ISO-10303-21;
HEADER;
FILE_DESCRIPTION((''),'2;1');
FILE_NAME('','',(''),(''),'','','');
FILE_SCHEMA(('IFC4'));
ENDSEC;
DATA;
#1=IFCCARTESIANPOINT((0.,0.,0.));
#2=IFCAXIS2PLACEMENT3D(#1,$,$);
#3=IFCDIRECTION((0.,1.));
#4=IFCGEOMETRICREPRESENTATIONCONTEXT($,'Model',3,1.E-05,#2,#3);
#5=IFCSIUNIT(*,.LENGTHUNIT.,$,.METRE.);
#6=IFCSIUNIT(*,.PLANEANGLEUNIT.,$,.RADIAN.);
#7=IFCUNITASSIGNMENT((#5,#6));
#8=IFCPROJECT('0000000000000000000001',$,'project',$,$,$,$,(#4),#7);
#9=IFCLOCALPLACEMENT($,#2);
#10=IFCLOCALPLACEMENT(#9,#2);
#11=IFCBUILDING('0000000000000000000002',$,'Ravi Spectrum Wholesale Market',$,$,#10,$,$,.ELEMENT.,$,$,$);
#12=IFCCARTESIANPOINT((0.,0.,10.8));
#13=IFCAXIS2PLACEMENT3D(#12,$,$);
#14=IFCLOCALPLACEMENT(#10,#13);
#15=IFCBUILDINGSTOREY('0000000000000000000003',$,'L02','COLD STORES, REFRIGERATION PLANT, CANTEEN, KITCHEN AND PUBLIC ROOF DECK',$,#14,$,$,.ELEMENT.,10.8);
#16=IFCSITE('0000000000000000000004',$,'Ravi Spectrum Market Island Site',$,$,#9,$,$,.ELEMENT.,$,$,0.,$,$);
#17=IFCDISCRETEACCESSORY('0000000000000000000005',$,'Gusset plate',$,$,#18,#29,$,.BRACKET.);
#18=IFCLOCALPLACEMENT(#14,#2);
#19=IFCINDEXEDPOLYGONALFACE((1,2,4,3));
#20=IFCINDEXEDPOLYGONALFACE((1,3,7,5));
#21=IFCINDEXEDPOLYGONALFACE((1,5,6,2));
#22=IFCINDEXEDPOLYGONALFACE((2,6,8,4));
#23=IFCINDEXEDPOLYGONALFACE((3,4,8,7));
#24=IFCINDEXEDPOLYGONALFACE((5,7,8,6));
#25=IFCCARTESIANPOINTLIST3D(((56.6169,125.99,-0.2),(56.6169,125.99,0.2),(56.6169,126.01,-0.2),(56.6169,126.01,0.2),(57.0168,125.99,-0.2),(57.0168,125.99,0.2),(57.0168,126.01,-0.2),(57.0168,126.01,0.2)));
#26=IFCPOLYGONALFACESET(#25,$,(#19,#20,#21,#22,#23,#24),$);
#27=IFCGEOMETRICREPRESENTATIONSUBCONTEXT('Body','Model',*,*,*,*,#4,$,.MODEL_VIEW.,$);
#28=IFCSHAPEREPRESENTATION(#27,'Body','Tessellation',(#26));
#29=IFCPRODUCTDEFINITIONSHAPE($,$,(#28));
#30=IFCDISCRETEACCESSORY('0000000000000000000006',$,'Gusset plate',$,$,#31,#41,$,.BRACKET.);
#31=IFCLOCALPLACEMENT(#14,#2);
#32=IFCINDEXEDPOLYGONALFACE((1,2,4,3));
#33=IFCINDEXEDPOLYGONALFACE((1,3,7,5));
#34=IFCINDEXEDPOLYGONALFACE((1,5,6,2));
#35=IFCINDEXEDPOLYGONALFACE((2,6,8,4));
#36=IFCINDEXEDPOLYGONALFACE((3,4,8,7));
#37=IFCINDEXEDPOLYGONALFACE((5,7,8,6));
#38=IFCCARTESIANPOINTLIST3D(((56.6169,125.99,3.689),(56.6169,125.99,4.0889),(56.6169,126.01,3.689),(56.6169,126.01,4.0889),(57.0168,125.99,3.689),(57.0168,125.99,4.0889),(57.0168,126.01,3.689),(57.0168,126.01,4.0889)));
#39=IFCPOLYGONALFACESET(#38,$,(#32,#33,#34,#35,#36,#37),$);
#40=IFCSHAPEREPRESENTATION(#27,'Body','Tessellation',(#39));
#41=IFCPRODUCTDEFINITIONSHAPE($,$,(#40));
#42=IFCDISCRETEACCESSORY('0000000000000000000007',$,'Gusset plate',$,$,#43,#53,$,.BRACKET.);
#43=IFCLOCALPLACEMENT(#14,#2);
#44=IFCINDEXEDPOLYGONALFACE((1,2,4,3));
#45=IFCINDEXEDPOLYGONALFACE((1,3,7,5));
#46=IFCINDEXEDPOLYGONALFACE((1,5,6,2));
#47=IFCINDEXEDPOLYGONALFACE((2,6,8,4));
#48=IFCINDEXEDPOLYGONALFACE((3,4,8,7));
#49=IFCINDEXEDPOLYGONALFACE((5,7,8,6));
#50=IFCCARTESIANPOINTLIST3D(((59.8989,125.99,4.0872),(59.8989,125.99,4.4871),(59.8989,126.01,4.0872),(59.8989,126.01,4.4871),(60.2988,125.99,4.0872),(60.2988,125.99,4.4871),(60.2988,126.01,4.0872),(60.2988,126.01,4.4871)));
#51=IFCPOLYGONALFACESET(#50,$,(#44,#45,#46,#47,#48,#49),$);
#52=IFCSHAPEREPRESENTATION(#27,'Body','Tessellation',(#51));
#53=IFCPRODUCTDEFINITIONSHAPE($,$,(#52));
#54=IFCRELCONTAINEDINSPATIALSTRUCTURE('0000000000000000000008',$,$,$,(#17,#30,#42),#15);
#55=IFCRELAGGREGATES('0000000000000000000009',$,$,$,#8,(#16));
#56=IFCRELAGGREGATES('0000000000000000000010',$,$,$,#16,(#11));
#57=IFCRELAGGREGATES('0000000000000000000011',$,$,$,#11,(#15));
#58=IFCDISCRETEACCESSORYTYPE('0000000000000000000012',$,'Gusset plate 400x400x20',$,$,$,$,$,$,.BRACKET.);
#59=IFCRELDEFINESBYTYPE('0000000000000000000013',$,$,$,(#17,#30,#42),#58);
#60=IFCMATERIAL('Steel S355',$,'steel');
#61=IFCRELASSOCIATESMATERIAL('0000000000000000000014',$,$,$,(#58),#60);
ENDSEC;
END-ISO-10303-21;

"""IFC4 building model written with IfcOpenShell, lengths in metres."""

from ifc_helpers import new_model, si_unit, direction, frame, origin, origin_2d, place, context, subcontext, project, spatial, rectangle, extrude, material, material_profile, profile_set, type_object, element, save


model = new_model("IFC4")

# Units and contexts
model_context = context("Model", 3, precision=1e-05, world=origin(), true_north=direction((0.0, 1.0)))
body_context = subcontext(model_context, "Body", "Model", "MODEL_VIEW")
ifc_project = project(units=[si_unit("LENGTHUNIT", "METRE"), si_unit("PLANEANGLEUNIT", "RADIAN")], contexts=[model_context])

# Site, building, storey
site_placement = place(None, origin())
site = spatial("IfcSite", under=ifc_project, at=site_placement, Name="Ravi Spectrum Market Island Site", CompositionType="ELEMENT", RefElevation=0.0)
building_placement = place(site_placement, origin())
building = spatial("IfcBuilding", under=site, at=building_placement, Name="Ravi Spectrum Wholesale Market", CompositionType="ELEMENT")
storey_placement = place(building_placement, frame((0.0, 0.0, 10.8)))
storey = spatial("IfcBuildingStorey", under=building, at=storey_placement, Name="L02", Description="COLD STORES, REFRIGERATION PLANT, CANTEEN, KITCHEN AND PUBLIC ROOF DECK", CompositionType="ELEMENT", Elevation=10.8)

# Discrete accessories
ifc_material_1 = material(Name="Steel S355", Category="steel")
ifc_material_profile_1 = material_profile(ifc_material_1, rectangle(XDim=0.3999, YDim=0.02, at=origin_2d()))
ifc_profile_set_1 = profile_set([ifc_material_profile_1], Name="Steel S355")
discrete_accessory_type_1 = type_object("IfcDiscreteAccessoryType", Name="Gusset plate 400x400x20", PredefinedType="BRACKET", material=ifc_profile_set_1)
for number, where, z_axis, x_axis, name in (
    (1, (56.8169, 126.0, -0.2), (0.0, 0.0, 1.0), (1.0, 0.0, 0.0), "Gusset plate"),
    (2, (56.8169, 126.0, 3.689), (0.0, 0.0, 1.0), (1.0, 0.0, 0.0), "Gusset plate"),
    (3, (60.0989, 126.0, 4.0872), (0.0, 0.0, 1.0), (1.0, 0.0, 0.0), "Gusset plate"),
):
    element("IfcDiscreteAccessory", number, at=place(storey_placement, frame(where, z_axis=z_axis, x_axis=x_axis)), inside=storey, type_object=discrete_accessory_type_1, Name=name, PredefinedType="BRACKET", context=body_context, shape_type="SweptSolid", body=[
        extrude(rectangle(XDim=0.3999, YDim=0.02, at=origin_2d()), origin(), (0.0, 0.0, 1.0), 0.3999),
    ])

save(model, "model.ifc")
